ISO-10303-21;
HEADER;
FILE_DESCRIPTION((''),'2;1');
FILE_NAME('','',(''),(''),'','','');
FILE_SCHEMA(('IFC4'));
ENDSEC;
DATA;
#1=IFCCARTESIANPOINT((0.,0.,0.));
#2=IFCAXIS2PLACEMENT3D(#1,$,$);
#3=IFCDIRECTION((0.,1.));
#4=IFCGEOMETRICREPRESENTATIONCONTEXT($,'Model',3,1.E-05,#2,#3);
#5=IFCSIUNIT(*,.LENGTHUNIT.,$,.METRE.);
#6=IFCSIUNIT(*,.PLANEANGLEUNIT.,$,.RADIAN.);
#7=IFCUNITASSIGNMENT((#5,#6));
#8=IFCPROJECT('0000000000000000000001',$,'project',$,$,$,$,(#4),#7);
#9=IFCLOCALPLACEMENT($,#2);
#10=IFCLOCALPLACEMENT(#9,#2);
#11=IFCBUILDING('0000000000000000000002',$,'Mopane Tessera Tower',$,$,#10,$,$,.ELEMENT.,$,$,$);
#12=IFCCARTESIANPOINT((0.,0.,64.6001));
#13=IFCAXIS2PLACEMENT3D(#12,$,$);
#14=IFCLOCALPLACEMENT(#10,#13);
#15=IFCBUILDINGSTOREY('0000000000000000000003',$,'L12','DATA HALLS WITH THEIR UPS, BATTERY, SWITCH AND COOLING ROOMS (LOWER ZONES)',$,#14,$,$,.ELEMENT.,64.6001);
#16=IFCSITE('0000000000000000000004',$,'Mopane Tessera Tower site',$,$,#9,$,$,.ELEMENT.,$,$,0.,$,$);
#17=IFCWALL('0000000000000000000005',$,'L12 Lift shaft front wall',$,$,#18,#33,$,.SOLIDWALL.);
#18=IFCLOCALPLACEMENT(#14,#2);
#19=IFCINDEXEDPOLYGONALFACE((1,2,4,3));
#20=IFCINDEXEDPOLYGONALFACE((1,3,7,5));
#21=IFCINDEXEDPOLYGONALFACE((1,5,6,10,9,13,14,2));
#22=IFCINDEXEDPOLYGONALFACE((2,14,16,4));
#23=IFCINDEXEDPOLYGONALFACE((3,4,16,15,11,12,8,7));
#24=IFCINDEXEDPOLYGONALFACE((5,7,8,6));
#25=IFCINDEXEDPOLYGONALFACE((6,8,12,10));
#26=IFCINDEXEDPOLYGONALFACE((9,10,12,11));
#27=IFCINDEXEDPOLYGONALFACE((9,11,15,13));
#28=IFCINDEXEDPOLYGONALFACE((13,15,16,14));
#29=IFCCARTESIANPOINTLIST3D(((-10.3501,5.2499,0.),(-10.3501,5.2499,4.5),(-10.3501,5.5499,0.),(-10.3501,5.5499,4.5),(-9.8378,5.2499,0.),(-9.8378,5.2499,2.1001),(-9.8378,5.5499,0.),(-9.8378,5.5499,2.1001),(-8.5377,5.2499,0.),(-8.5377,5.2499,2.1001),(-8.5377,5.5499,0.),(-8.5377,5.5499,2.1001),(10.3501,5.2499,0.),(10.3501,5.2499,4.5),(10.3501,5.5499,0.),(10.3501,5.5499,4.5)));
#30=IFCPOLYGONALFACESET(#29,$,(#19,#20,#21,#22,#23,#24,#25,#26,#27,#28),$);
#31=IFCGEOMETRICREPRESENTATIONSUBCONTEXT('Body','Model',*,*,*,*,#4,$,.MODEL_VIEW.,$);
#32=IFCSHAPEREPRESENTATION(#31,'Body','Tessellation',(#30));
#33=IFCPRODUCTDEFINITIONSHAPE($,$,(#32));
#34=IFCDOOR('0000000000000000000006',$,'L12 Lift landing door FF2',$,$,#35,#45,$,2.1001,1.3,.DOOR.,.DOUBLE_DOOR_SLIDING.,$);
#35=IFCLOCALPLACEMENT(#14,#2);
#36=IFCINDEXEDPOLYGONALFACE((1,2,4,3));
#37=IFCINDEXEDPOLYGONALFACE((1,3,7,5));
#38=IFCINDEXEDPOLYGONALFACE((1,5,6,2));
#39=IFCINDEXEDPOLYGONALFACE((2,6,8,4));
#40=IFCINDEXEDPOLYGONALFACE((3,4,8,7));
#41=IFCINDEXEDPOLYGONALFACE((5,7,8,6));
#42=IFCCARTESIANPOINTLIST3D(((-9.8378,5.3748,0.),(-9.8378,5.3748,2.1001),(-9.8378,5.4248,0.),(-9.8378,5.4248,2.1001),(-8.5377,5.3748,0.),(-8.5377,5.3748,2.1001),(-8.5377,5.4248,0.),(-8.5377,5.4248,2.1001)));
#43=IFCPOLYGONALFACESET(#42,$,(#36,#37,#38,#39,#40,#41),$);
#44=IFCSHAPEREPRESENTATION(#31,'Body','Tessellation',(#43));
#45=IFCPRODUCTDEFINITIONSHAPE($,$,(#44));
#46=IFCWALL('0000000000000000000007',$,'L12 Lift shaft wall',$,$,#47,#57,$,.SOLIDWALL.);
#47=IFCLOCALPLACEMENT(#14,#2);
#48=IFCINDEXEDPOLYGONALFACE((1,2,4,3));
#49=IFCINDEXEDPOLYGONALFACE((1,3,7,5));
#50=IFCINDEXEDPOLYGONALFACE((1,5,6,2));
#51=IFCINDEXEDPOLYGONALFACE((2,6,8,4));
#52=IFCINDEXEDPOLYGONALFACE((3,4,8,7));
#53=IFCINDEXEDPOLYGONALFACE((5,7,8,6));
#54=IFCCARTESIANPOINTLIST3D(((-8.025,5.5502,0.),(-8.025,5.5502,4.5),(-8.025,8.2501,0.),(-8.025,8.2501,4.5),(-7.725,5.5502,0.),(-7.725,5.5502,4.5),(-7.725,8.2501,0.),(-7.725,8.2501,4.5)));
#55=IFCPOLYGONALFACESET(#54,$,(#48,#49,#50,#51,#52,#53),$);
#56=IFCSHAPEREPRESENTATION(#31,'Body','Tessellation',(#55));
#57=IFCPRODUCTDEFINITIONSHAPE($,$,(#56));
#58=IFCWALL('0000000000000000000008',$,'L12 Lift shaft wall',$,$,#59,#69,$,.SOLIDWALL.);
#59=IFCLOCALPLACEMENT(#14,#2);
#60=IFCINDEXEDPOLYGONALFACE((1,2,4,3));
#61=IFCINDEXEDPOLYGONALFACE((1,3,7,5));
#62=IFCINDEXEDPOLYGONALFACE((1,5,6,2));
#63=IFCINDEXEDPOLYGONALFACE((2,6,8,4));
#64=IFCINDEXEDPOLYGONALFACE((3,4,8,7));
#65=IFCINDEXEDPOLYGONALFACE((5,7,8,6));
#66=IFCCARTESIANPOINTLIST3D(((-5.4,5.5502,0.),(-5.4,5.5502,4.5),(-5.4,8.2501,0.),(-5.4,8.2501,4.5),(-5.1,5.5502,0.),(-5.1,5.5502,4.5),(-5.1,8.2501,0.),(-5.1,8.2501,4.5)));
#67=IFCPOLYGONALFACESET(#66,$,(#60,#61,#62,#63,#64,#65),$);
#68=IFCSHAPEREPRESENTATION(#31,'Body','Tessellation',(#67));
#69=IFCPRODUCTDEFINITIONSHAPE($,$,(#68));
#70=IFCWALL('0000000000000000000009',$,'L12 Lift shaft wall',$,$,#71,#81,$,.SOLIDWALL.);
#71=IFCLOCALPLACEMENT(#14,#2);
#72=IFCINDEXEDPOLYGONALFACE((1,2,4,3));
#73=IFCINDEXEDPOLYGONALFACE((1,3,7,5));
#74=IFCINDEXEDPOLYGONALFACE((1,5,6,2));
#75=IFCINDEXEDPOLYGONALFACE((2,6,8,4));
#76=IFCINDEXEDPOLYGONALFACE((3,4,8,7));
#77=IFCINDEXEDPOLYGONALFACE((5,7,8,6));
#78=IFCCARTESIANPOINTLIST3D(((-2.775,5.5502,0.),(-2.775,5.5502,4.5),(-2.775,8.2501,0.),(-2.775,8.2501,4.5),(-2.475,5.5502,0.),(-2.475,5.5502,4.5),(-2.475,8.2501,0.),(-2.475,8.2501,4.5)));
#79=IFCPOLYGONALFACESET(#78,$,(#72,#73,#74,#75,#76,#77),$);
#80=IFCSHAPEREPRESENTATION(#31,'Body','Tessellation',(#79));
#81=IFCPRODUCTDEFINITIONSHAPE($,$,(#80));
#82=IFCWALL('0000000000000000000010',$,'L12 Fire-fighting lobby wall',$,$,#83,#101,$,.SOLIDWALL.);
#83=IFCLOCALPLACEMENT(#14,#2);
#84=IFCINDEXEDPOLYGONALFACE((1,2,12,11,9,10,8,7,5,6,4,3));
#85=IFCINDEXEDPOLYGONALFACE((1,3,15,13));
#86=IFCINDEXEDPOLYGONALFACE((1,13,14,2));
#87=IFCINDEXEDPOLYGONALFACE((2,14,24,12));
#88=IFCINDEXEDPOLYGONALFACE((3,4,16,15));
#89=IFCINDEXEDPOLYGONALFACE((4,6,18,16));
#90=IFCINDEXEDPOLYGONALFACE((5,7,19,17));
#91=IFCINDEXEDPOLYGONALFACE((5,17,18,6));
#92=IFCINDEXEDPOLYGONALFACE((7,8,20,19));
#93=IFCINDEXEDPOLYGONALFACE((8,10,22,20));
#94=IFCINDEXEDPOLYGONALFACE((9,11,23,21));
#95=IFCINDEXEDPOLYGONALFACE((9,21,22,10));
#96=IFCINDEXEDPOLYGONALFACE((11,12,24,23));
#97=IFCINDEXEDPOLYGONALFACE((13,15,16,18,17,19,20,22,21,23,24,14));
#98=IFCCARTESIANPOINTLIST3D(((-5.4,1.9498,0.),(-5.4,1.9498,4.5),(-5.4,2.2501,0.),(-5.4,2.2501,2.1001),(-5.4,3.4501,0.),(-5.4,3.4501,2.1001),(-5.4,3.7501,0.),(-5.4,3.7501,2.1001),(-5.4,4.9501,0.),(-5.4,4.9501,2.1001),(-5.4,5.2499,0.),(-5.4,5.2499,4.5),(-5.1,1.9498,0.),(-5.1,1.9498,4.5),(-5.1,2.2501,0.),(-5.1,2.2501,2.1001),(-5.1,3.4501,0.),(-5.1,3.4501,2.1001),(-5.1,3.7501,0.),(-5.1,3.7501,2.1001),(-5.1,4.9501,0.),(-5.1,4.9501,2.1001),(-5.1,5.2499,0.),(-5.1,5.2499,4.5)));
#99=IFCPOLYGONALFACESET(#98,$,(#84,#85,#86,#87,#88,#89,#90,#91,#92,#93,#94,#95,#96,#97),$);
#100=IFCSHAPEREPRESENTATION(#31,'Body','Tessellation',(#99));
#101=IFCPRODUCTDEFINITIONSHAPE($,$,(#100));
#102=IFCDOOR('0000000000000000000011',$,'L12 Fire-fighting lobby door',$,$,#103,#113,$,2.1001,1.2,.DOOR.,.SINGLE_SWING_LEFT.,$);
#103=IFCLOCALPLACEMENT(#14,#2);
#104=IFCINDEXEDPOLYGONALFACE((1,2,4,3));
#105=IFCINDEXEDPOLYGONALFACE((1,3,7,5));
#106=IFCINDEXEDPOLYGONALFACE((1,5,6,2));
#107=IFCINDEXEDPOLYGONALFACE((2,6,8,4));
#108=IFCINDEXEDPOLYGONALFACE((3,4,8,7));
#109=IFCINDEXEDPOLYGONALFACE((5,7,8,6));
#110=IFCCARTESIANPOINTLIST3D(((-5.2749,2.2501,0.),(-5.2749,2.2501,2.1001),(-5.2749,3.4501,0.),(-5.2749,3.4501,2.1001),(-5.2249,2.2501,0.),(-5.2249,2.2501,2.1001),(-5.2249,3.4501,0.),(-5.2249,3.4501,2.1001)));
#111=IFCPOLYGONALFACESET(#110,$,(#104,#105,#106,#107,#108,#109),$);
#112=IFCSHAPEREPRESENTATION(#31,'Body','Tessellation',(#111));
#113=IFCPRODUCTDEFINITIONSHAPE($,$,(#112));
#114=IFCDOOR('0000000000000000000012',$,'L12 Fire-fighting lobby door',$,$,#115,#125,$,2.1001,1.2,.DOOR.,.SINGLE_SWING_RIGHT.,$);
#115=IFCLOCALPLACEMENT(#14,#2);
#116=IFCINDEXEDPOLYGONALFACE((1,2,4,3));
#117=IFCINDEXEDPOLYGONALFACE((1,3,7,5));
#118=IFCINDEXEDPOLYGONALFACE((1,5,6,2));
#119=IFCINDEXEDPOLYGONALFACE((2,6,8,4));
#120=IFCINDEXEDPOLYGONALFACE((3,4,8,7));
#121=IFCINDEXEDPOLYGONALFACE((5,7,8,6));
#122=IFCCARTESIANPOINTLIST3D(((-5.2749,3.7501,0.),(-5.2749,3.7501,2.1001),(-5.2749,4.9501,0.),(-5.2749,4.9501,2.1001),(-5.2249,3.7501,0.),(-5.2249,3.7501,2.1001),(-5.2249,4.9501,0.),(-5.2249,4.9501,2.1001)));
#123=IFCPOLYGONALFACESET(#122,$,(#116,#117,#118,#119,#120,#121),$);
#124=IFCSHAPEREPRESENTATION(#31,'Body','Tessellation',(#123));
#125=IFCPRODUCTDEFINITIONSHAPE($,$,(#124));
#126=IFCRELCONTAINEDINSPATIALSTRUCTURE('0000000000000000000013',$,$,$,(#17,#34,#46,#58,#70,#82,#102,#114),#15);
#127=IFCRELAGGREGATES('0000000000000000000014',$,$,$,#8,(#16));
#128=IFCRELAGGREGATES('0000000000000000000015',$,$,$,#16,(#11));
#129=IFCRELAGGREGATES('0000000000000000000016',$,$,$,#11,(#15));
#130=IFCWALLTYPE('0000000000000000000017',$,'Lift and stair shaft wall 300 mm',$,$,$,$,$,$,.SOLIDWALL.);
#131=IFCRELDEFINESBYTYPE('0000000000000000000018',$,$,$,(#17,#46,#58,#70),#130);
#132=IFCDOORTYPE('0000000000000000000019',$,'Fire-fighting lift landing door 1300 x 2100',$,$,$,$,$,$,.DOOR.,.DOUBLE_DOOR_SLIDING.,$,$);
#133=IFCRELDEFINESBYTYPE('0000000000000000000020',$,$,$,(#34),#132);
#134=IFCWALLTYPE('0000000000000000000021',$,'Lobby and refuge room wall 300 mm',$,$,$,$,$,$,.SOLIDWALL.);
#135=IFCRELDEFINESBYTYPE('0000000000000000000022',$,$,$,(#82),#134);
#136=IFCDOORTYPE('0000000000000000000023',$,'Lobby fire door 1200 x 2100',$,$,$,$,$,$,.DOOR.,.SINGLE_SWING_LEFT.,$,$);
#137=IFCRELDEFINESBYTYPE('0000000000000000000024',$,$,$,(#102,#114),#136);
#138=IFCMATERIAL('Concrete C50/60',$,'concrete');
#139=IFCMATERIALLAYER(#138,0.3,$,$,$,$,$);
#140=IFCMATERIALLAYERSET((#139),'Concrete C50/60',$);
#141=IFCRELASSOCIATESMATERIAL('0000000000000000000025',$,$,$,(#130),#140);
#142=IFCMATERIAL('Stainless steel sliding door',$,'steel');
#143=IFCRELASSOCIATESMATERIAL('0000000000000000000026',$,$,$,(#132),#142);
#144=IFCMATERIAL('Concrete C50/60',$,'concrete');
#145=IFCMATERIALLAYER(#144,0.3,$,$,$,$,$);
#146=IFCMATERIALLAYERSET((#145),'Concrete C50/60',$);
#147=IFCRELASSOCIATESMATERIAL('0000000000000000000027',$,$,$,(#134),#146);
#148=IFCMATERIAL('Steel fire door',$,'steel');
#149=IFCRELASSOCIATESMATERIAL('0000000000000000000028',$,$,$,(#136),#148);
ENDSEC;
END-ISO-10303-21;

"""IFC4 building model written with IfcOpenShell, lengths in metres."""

from ifc_helpers import new_model, si_unit, direction, frame, frame_2d, origin, place, context, subcontext, project, spatial, rectangle, extrude, material, layer, layer_set, type_object, element, fill, save


model = new_model("IFC4")

# Units and contexts
model_context = context("Model", 3, precision=1e-05, world=origin(), true_north=direction((0.0, 1.0)))
body_context = subcontext(model_context, "Body", "Model", "MODEL_VIEW")
ifc_project = project(units=[si_unit("LENGTHUNIT", "METRE"), si_unit("PLANEANGLEUNIT", "RADIAN")], contexts=[model_context])

# Site, building, storey
site_placement = place(None, origin())
site = spatial("IfcSite", under=ifc_project, at=site_placement, Name="Mopane Tessera Tower site", CompositionType="ELEMENT", RefElevation=0.0)
building_placement = place(site_placement, origin())
building = spatial("IfcBuilding", under=site, at=building_placement, Name="Mopane Tessera Tower", CompositionType="ELEMENT")
storey_placement = place(building_placement, frame((0.0, 0.0, 64.6001)))
storey = spatial("IfcBuildingStorey", under=building, at=storey_placement, Name="L12", Description="DATA HALLS WITH THEIR UPS, BATTERY, SWITCH AND COOLING ROOMS (LOWER ZONES)", CompositionType="ELEMENT", Elevation=64.6001)

# Shared definitions
ifc_material_1 = material(Name="Concrete C50/60", Category="concrete")
ifc_layer_1 = layer(ifc_material_1, 0.3)
ifc_layer_set_1 = layer_set([ifc_layer_1], Name="Concrete C50/60")
wall_type_1 = type_object("IfcWallType", Name="Lift and stair shaft wall 300 mm", PredefinedType="SOLIDWALL", material=ifc_layer_set_1)
ifc_material_2 = material(Name="Stainless steel sliding door", Category="steel")
door_type_1 = type_object("IfcDoorType", Name="Fire-fighting lift landing door 1300 x 2100", OperationType="DOUBLE_DOOR_SLIDING", PredefinedType="DOOR", material=ifc_material_2)

# Wall, opening, door
wall_1_placement = place(storey_placement, frame((-10.3501, 5.3999, 0.0), z_axis=(0.0, 0.0, 1.0), x_axis=(1.0, 0.0, 0.0)))
wall_1 = element("IfcWall", 1, at=wall_1_placement, inside=storey, type_object=wall_type_1, Name="L12 Lift shaft front wall", PredefinedType="SOLIDWALL", context=body_context, shape_type="SweptSolid", body=[
    extrude(rectangle(XDim=20.7002, YDim=0.3, at=frame_2d((10.3501, 0.0))), origin(), (0.0, 0.0, 1.0), 4.5),
])
opening_1_placement = place(wall_1_placement, frame((0.5125, 0.0, 0.0)))
opening_1 = element("IfcOpeningElement", 2, at=opening_1_placement, cuts=wall_1, PredefinedType="OPENING", context=body_context, shape_type="SweptSolid", body=[
    extrude(rectangle(XDim=1.3, YDim=2.1001, at=frame_2d((0.6499, 1.05))), frame((0.0, 0.1621, 0.0), z_axis=(0.0, -1.0, 0.0), x_axis=(1.0, 0.0, 0.0)), (0.0, 0.0, 1.0), 0.324),
])
door_1_placement = place(opening_1_placement, origin())
door_1 = element("IfcDoor", 3, at=door_1_placement, inside=storey, type_object=door_type_1, Name="L12 Lift landing door FF2", OperationType="DOUBLE_DOOR_SLIDING", OverallHeight=2.1001, OverallWidth=1.3, PredefinedType="DOOR", context=body_context, shape_type="SweptSolid", body=[
    extrude(rectangle(XDim=1.3, YDim=2.1001, at=frame_2d((0.6499, 1.05))), frame((0.0, 0.0249, 0.0), z_axis=(0.0, -1.0, 0.0), x_axis=(1.0, 0.0, 0.0)), (0.0, 0.0, 1.0), 0.05),
])
fill(opening_1, door_1)

# Walls
for number, where, z_axis, x_axis, name in (
    (4, (-7.875, 5.55, 0.0), (0.0, 0.0, 1.0), (0.0, 1.0, 0.0), "L12 Lift shaft wall"),
    (5, (-5.25, 5.55, 0.0), (0.0, 0.0, 1.0), (0.0, 1.0, 0.0), "L12 Lift shaft wall"),
    (6, (-2.625, 5.55, 0.0), (0.0, 0.0, 1.0), (0.0, 1.0, 0.0), "L12 Lift shaft wall"),
):
    element("IfcWall", number, at=place(storey_placement, frame(where, z_axis=z_axis, x_axis=x_axis)), inside=storey, type_object=wall_type_1, Name=name, PredefinedType="SOLIDWALL", context=body_context, shape_type="SweptSolid", body=[
        extrude(rectangle(XDim=2.7, YDim=0.3, at=frame_2d((1.3501, 0.0))), origin(), (0.0, 0.0, 1.0), 4.5),
    ])

# Wall, openings, doors
ifc_material_3 = material(Name="Concrete C50/60", Category="concrete")
ifc_layer_2 = layer(ifc_material_3, 0.3)
ifc_layer_set_2 = layer_set([ifc_layer_2], Name="Concrete C50/60")
wall_type_2 = type_object("IfcWallType", Name="Lobby and refuge room wall 300 mm", PredefinedType="SOLIDWALL", material=ifc_layer_set_2)
wall_2_placement = place(storey_placement, frame((-5.25, 1.95, 0.0), z_axis=(0.0, 0.0, 1.0), x_axis=(0.0, 1.0, 0.0)))
wall_2 = element("IfcWall", 7, at=wall_2_placement, inside=storey, type_object=wall_type_2, Name="L12 Fire-fighting lobby wall", PredefinedType="SOLIDWALL", context=body_context, shape_type="SweptSolid", body=[
    extrude(rectangle(XDim=3.3, YDim=0.3, at=frame_2d((1.6499, 0.0))), origin(), (0.0, 0.0, 1.0), 4.5),
])
opening_2_placement = place(wall_2_placement, frame((0.3, 0.0, 0.0)))
opening_2 = element("IfcOpeningElement", 8, at=opening_2_placement, cuts=wall_2, PredefinedType="OPENING", context=body_context, shape_type="SweptSolid", body=[
    extrude(rectangle(XDim=1.2, YDim=2.1001, at=frame_2d((0.6001, 1.05))), frame((0.0, 0.1621, 0.0), z_axis=(0.0, -1.0, 0.0), x_axis=(1.0, 0.0, 0.0)), (0.0, 0.0, 1.0), 0.324),
])
opening_3_placement = place(wall_2_placement, frame((1.8, 0.0, 0.0)))
opening_3 = element("IfcOpeningElement", 9, at=opening_3_placement, cuts=wall_2, PredefinedType="OPENING", context=body_context, shape_type="SweptSolid", body=[
    extrude(rectangle(XDim=1.2, YDim=2.1001, at=frame_2d((0.6001, 1.05))), frame((0.0, 0.1621, 0.0), z_axis=(0.0, -1.0, 0.0), x_axis=(1.0, 0.0, 0.0)), (0.0, 0.0, 1.0), 0.324),
])
ifc_material_4 = material(Name="Steel fire door", Category="steel")
door_type_2 = type_object("IfcDoorType", Name="Lobby fire door 1200 x 2100", OperationType="SINGLE_SWING_LEFT", PredefinedType="DOOR", material=ifc_material_4)
door_2_placement = place(opening_2_placement, origin())
door_2 = element("IfcDoor", 10, at=door_2_placement, inside=storey, type_object=door_type_2, Name="L12 Fire-fighting lobby door", OperationType="SINGLE_SWING_LEFT", OverallHeight=2.1001, OverallWidth=1.2, PredefinedType="DOOR", context=body_context, shape_type="SweptSolid", body=[
    extrude(rectangle(XDim=1.2, YDim=2.1001, at=frame_2d((0.6001, 1.05))), frame((0.0, 0.0249, 0.0), z_axis=(0.0, -1.0, 0.0), x_axis=(1.0, 0.0, 0.0)), (0.0, 0.0, 1.0), 0.05),
])
fill(opening_2, door_2)
door_3_placement = place(opening_3_placement, origin())
door_3 = element("IfcDoor", 11, at=door_3_placement, inside=storey, type_object=door_type_2, Name="L12 Fire-fighting lobby door", OperationType="SINGLE_SWING_RIGHT", OverallHeight=2.1001, OverallWidth=1.2, PredefinedType="DOOR", context=body_context, shape_type="SweptSolid", body=[
    extrude(rectangle(XDim=1.2, YDim=2.1001, at=frame_2d((0.6001, 1.05))), frame((0.0, 0.0249, 0.0), z_axis=(0.0, -1.0, 0.0), x_axis=(1.0, 0.0, 0.0)), (0.0, 0.0, 1.0), 0.05),
])
fill(opening_3, door_3)

save(model, "model.ifc")
